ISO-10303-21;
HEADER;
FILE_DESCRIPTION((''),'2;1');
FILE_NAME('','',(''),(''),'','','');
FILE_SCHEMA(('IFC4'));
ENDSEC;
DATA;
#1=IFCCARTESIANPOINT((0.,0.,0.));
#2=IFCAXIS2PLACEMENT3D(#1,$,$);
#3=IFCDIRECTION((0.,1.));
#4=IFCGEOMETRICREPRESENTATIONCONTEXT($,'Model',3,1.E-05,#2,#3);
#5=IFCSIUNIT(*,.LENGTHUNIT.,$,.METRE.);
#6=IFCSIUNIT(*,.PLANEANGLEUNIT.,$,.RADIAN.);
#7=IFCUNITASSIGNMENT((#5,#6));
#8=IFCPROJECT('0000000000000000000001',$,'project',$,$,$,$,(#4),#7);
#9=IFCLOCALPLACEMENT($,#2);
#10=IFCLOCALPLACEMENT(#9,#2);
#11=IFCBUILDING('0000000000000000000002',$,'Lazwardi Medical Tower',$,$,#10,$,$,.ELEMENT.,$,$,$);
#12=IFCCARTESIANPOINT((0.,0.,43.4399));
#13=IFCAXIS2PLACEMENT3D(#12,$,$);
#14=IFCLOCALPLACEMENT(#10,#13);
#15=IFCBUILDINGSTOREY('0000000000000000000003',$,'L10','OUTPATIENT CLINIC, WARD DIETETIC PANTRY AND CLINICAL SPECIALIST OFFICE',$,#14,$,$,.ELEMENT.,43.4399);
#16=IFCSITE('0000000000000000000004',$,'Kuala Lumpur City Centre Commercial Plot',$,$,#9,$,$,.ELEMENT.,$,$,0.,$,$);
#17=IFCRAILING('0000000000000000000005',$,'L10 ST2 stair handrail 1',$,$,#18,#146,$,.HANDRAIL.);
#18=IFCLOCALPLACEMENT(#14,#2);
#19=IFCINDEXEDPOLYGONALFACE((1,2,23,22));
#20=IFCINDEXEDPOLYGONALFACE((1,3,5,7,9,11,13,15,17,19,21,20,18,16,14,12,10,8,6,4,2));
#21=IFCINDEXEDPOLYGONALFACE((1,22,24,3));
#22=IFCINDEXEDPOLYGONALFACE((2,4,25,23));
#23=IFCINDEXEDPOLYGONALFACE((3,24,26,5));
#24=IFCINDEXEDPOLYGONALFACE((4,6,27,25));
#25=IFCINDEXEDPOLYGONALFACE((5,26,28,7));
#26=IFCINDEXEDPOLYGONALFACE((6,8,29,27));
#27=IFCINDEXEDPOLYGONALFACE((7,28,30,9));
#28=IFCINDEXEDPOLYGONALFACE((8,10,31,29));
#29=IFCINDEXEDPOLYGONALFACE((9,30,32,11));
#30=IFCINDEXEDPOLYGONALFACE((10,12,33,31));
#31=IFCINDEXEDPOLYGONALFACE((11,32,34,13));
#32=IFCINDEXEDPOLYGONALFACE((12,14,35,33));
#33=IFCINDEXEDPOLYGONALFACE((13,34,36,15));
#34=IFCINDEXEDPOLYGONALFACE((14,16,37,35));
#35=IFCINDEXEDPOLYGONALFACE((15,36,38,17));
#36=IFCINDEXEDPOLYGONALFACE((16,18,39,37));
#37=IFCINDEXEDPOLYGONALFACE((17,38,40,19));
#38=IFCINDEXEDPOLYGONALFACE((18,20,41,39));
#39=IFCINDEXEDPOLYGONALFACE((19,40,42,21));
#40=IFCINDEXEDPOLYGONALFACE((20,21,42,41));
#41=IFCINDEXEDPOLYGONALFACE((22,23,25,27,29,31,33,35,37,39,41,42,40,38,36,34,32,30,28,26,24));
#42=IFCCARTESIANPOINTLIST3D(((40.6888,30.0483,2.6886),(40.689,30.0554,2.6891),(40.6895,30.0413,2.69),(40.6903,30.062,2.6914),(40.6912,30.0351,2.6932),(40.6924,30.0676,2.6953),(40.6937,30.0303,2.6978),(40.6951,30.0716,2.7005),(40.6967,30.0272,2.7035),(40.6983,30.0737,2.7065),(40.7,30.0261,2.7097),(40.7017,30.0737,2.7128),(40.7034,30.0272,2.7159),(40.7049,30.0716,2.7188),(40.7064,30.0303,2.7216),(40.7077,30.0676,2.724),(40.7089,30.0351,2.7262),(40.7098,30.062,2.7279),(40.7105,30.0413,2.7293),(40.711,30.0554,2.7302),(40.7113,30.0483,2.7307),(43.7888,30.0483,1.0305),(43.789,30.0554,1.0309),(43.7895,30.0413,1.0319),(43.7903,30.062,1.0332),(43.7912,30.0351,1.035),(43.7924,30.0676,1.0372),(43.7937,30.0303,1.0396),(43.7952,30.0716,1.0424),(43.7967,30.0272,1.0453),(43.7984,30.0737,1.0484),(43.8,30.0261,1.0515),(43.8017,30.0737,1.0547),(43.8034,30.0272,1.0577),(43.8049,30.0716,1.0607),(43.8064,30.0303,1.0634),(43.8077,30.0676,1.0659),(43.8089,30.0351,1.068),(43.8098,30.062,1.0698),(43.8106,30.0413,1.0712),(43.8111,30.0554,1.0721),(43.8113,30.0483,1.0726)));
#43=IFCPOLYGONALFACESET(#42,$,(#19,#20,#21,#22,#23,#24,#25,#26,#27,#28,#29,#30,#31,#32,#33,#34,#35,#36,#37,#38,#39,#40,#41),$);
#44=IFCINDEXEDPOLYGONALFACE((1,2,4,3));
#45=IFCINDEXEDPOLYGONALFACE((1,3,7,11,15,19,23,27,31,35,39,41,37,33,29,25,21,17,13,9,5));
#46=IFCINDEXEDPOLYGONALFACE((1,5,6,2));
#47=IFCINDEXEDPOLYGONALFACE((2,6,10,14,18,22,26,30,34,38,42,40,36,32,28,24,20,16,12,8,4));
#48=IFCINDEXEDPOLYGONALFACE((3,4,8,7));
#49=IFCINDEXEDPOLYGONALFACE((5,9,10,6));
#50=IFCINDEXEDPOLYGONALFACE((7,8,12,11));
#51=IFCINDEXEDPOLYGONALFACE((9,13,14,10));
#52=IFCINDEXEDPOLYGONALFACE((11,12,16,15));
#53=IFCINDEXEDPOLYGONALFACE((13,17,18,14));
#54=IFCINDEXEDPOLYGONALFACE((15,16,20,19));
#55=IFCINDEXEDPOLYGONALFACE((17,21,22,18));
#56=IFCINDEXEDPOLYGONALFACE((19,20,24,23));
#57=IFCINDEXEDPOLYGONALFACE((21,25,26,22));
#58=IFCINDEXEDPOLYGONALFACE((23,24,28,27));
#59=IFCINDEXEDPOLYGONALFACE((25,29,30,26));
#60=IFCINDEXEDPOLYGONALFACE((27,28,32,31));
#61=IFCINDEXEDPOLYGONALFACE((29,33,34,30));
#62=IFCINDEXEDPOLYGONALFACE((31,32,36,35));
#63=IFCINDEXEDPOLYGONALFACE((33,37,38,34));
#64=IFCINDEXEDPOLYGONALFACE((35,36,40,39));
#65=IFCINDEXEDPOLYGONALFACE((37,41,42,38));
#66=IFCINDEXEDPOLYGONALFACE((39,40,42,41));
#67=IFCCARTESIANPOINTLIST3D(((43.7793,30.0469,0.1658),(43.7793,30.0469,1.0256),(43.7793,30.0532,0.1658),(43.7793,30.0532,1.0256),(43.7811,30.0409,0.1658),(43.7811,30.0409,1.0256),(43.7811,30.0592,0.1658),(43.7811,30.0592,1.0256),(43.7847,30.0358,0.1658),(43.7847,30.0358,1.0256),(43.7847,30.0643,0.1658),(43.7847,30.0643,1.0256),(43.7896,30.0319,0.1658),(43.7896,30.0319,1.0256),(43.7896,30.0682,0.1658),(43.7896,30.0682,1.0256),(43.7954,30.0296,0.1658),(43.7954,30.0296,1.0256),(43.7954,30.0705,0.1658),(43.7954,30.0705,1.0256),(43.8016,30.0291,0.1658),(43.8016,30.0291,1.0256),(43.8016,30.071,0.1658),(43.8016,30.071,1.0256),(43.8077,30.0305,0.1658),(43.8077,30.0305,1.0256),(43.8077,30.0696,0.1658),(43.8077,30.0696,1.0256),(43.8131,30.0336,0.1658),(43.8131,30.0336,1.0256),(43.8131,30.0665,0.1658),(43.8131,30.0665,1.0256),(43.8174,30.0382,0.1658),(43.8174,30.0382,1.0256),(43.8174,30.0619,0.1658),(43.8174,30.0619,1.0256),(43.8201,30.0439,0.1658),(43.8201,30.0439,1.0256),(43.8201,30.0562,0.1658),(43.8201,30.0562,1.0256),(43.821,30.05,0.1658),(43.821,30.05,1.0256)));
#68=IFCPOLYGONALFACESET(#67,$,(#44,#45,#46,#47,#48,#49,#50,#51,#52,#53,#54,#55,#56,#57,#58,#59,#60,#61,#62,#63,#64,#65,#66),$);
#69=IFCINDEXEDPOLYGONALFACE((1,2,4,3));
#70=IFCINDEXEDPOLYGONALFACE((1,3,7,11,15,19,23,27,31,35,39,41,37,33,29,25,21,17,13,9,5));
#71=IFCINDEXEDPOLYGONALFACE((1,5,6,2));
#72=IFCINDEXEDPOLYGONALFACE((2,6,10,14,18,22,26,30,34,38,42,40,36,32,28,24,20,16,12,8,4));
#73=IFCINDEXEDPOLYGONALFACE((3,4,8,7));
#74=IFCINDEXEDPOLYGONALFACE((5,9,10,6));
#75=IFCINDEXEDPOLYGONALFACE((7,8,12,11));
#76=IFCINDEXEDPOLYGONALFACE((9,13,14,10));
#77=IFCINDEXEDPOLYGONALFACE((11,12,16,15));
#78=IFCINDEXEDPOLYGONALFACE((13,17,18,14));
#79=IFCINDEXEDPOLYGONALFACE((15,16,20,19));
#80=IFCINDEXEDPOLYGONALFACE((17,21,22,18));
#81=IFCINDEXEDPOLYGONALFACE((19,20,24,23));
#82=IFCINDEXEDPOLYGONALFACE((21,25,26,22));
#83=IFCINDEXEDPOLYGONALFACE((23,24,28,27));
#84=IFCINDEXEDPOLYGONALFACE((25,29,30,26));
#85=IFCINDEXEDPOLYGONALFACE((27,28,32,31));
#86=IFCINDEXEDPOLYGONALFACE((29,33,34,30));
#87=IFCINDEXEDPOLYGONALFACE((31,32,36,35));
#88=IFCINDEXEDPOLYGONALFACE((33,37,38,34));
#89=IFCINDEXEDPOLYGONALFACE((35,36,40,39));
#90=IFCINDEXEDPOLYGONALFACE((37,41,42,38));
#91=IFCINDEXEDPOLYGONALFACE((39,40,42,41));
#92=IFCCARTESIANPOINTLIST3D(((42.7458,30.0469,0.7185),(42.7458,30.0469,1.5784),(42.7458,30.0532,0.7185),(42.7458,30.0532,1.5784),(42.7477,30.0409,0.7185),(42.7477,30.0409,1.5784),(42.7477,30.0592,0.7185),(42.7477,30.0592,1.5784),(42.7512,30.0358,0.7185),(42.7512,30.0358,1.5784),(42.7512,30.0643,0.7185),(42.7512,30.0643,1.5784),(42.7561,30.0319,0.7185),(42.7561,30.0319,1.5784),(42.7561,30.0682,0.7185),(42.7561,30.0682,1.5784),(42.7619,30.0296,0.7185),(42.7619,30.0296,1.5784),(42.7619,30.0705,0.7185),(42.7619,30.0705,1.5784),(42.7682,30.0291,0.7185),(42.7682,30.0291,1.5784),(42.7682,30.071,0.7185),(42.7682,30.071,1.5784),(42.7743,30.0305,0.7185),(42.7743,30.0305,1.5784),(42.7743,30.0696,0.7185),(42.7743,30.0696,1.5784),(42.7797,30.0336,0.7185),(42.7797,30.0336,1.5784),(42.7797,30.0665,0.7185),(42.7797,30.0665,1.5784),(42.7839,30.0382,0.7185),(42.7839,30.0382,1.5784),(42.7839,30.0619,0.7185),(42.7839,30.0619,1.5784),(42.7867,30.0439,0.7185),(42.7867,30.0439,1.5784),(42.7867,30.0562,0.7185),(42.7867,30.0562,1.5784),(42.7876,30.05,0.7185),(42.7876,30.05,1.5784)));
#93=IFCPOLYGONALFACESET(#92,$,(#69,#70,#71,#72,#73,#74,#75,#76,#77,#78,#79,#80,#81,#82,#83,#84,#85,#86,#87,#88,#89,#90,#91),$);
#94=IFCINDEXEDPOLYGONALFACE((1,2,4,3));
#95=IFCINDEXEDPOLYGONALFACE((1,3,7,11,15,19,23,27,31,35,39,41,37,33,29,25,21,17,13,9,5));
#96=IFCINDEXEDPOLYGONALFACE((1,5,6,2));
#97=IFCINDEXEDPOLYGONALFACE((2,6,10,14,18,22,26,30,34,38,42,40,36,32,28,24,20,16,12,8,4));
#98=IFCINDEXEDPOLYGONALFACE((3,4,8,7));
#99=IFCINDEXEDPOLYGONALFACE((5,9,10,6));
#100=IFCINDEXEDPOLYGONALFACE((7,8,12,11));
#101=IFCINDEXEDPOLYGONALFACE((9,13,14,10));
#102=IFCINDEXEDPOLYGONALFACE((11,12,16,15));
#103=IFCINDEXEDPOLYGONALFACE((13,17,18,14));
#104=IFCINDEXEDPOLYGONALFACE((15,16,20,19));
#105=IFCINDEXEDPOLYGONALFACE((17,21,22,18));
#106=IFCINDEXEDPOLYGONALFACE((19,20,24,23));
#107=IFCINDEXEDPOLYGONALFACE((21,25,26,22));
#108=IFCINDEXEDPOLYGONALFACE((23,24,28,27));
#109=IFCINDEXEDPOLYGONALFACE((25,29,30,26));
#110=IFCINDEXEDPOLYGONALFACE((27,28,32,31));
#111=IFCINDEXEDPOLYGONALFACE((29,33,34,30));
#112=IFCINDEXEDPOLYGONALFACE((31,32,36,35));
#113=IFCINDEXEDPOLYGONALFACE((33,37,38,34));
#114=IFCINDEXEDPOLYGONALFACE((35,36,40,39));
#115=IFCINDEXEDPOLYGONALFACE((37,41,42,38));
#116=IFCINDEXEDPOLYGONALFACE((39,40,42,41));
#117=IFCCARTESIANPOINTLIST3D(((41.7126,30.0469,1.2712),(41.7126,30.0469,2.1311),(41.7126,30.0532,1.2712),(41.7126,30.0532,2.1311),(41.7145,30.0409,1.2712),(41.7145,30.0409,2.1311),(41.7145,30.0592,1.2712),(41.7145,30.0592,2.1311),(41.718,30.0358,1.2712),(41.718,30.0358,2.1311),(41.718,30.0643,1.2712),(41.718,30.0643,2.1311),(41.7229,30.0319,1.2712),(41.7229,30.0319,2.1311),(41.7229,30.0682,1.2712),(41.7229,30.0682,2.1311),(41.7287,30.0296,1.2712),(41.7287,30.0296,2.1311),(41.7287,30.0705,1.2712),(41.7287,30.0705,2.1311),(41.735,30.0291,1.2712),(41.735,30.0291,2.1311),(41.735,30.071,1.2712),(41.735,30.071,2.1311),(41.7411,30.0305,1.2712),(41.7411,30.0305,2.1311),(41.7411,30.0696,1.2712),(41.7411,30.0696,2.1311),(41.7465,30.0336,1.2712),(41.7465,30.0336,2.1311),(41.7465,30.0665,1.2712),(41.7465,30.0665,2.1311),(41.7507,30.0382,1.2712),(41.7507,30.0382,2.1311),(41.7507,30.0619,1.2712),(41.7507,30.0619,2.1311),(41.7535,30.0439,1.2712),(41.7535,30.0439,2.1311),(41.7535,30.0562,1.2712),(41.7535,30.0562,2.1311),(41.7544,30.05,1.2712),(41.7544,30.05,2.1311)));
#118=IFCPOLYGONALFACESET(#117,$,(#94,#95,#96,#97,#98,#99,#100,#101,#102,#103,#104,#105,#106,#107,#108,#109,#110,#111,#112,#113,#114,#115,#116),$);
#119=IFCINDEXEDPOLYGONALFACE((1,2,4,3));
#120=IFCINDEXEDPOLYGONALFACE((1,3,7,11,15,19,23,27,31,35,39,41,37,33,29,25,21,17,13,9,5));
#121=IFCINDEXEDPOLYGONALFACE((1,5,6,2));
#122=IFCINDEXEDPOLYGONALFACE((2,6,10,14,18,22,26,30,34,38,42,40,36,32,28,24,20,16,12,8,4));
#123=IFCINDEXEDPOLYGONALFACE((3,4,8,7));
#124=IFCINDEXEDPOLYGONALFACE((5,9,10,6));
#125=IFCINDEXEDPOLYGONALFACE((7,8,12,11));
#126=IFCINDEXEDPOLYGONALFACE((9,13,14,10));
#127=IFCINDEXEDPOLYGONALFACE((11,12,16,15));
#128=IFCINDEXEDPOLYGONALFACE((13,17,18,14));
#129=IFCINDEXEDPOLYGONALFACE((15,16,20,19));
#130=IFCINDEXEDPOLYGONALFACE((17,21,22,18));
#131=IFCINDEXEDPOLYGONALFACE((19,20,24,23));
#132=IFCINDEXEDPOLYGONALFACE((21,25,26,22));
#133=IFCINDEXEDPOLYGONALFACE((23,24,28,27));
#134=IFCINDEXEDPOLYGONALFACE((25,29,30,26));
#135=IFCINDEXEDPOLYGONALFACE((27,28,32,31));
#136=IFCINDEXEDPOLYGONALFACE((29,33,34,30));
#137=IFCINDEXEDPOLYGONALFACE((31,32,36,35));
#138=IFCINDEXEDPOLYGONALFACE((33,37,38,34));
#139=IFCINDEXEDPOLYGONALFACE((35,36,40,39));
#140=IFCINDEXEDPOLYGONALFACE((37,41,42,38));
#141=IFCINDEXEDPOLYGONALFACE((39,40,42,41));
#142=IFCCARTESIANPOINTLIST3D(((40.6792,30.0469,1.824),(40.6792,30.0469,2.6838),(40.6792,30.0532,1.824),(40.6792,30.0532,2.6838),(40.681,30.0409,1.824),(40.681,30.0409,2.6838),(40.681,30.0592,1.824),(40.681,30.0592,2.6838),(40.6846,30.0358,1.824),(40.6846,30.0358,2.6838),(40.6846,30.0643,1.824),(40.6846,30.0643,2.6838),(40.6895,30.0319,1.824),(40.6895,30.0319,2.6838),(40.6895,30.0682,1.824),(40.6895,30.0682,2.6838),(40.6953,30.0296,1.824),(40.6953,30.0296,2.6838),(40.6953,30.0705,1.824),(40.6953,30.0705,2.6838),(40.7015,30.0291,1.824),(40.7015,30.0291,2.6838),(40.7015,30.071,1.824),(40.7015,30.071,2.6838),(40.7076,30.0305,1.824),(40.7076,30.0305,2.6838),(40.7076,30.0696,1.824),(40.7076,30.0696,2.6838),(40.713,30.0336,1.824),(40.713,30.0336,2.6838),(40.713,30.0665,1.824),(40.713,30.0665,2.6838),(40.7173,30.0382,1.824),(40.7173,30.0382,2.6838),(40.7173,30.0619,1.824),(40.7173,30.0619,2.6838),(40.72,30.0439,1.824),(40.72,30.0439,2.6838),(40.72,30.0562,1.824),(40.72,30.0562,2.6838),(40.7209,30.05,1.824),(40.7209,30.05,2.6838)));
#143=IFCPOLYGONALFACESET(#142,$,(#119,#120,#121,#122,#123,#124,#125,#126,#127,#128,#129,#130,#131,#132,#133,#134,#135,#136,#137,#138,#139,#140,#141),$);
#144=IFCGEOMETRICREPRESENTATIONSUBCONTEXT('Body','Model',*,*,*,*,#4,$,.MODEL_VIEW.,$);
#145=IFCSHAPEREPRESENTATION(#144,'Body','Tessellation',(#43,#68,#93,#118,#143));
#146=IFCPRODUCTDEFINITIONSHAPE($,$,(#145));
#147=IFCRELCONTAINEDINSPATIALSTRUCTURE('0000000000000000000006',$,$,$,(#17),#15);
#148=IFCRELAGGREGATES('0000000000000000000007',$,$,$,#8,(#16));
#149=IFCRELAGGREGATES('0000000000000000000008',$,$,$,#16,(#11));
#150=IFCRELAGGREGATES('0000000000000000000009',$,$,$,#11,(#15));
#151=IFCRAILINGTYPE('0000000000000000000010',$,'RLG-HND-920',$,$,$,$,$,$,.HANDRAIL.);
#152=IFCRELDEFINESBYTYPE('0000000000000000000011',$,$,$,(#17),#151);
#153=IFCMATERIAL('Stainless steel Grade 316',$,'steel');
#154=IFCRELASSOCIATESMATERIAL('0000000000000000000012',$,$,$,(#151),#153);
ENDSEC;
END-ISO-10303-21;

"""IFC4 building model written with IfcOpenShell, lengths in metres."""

from ifc_helpers import new_model, si_unit, direction, frame, origin, origin_2d, place, context, subcontext, project, spatial, circle, extrude, material, type_object, element, save


model = new_model("IFC4")

# Units and contexts
model_context = context("Model", 3, precision=1e-05, world=origin(), true_north=direction((0.0, 1.0)))
body_context = subcontext(model_context, "Body", "Model", "MODEL_VIEW")
ifc_project = project(units=[si_unit("LENGTHUNIT", "METRE"), si_unit("PLANEANGLEUNIT", "RADIAN")], contexts=[model_context])

# Site, building, storey
site_placement = place(None, origin())
site = spatial("IfcSite", under=ifc_project, at=site_placement, Name="Kuala Lumpur City Centre Commercial Plot", CompositionType="ELEMENT", RefElevation=0.0)
building_placement = place(site_placement, origin())
building = spatial("IfcBuilding", under=site, at=building_placement, Name="Lazwardi Medical Tower", CompositionType="ELEMENT")
storey_placement = place(building_placement, frame((0.0, 0.0, 43.4399)))
storey = spatial("IfcBuildingStorey", under=building, at=storey_placement, Name="L10", Description="OUTPATIENT CLINIC, WARD DIETETIC PANTRY AND CLINICAL SPECIALIST OFFICE", CompositionType="ELEMENT", Elevation=43.4399)

# Railing
ifc_material_1 = material(Name="Stainless steel Grade 316", Category="steel")
railing_type_1 = type_object("IfcRailingType", Name="RLG-HND-920", PredefinedType="HANDRAIL", material=ifc_material_1)
railing_1_placement = place(storey_placement, frame((43.8, 30.05, 0.1658)))
element("IfcRailing", 1, at=railing_1_placement, inside=storey, type_object=railing_type_1, Name="L10 ST2 stair handrail 1", PredefinedType="HANDRAIL", context=body_context, shape_type="SweptSolid", body=[
    extrude(circle(Radius=0.0239, at=origin_2d()), frame((0.0, 0.0, 0.8857), z_axis=(-0.881783, 0.0, 0.471655), x_axis=(0.0, -1.0, 0.0)), (0.0, 0.0, 1.0), 3.5156),
    extrude(circle(Radius=0.021, at=origin_2d()), origin(), (0.0, 0.0, 1.0), 0.8599),
    extrude(circle(Radius=0.021, at=origin_2d()), frame((-1.0334, 0.0, 0.5527)), (0.0, 0.0, 1.0), 0.8599),
    extrude(circle(Radius=0.021, at=origin_2d()), frame((-2.0667, 0.0, 1.1055)), (0.0, 0.0, 1.0), 0.8599),
    extrude(circle(Radius=0.021, at=origin_2d()), frame((-3.1001, 0.0, 1.6582)), (0.0, 0.0, 1.0), 0.8599),
])

save(model, "model.ifc")
